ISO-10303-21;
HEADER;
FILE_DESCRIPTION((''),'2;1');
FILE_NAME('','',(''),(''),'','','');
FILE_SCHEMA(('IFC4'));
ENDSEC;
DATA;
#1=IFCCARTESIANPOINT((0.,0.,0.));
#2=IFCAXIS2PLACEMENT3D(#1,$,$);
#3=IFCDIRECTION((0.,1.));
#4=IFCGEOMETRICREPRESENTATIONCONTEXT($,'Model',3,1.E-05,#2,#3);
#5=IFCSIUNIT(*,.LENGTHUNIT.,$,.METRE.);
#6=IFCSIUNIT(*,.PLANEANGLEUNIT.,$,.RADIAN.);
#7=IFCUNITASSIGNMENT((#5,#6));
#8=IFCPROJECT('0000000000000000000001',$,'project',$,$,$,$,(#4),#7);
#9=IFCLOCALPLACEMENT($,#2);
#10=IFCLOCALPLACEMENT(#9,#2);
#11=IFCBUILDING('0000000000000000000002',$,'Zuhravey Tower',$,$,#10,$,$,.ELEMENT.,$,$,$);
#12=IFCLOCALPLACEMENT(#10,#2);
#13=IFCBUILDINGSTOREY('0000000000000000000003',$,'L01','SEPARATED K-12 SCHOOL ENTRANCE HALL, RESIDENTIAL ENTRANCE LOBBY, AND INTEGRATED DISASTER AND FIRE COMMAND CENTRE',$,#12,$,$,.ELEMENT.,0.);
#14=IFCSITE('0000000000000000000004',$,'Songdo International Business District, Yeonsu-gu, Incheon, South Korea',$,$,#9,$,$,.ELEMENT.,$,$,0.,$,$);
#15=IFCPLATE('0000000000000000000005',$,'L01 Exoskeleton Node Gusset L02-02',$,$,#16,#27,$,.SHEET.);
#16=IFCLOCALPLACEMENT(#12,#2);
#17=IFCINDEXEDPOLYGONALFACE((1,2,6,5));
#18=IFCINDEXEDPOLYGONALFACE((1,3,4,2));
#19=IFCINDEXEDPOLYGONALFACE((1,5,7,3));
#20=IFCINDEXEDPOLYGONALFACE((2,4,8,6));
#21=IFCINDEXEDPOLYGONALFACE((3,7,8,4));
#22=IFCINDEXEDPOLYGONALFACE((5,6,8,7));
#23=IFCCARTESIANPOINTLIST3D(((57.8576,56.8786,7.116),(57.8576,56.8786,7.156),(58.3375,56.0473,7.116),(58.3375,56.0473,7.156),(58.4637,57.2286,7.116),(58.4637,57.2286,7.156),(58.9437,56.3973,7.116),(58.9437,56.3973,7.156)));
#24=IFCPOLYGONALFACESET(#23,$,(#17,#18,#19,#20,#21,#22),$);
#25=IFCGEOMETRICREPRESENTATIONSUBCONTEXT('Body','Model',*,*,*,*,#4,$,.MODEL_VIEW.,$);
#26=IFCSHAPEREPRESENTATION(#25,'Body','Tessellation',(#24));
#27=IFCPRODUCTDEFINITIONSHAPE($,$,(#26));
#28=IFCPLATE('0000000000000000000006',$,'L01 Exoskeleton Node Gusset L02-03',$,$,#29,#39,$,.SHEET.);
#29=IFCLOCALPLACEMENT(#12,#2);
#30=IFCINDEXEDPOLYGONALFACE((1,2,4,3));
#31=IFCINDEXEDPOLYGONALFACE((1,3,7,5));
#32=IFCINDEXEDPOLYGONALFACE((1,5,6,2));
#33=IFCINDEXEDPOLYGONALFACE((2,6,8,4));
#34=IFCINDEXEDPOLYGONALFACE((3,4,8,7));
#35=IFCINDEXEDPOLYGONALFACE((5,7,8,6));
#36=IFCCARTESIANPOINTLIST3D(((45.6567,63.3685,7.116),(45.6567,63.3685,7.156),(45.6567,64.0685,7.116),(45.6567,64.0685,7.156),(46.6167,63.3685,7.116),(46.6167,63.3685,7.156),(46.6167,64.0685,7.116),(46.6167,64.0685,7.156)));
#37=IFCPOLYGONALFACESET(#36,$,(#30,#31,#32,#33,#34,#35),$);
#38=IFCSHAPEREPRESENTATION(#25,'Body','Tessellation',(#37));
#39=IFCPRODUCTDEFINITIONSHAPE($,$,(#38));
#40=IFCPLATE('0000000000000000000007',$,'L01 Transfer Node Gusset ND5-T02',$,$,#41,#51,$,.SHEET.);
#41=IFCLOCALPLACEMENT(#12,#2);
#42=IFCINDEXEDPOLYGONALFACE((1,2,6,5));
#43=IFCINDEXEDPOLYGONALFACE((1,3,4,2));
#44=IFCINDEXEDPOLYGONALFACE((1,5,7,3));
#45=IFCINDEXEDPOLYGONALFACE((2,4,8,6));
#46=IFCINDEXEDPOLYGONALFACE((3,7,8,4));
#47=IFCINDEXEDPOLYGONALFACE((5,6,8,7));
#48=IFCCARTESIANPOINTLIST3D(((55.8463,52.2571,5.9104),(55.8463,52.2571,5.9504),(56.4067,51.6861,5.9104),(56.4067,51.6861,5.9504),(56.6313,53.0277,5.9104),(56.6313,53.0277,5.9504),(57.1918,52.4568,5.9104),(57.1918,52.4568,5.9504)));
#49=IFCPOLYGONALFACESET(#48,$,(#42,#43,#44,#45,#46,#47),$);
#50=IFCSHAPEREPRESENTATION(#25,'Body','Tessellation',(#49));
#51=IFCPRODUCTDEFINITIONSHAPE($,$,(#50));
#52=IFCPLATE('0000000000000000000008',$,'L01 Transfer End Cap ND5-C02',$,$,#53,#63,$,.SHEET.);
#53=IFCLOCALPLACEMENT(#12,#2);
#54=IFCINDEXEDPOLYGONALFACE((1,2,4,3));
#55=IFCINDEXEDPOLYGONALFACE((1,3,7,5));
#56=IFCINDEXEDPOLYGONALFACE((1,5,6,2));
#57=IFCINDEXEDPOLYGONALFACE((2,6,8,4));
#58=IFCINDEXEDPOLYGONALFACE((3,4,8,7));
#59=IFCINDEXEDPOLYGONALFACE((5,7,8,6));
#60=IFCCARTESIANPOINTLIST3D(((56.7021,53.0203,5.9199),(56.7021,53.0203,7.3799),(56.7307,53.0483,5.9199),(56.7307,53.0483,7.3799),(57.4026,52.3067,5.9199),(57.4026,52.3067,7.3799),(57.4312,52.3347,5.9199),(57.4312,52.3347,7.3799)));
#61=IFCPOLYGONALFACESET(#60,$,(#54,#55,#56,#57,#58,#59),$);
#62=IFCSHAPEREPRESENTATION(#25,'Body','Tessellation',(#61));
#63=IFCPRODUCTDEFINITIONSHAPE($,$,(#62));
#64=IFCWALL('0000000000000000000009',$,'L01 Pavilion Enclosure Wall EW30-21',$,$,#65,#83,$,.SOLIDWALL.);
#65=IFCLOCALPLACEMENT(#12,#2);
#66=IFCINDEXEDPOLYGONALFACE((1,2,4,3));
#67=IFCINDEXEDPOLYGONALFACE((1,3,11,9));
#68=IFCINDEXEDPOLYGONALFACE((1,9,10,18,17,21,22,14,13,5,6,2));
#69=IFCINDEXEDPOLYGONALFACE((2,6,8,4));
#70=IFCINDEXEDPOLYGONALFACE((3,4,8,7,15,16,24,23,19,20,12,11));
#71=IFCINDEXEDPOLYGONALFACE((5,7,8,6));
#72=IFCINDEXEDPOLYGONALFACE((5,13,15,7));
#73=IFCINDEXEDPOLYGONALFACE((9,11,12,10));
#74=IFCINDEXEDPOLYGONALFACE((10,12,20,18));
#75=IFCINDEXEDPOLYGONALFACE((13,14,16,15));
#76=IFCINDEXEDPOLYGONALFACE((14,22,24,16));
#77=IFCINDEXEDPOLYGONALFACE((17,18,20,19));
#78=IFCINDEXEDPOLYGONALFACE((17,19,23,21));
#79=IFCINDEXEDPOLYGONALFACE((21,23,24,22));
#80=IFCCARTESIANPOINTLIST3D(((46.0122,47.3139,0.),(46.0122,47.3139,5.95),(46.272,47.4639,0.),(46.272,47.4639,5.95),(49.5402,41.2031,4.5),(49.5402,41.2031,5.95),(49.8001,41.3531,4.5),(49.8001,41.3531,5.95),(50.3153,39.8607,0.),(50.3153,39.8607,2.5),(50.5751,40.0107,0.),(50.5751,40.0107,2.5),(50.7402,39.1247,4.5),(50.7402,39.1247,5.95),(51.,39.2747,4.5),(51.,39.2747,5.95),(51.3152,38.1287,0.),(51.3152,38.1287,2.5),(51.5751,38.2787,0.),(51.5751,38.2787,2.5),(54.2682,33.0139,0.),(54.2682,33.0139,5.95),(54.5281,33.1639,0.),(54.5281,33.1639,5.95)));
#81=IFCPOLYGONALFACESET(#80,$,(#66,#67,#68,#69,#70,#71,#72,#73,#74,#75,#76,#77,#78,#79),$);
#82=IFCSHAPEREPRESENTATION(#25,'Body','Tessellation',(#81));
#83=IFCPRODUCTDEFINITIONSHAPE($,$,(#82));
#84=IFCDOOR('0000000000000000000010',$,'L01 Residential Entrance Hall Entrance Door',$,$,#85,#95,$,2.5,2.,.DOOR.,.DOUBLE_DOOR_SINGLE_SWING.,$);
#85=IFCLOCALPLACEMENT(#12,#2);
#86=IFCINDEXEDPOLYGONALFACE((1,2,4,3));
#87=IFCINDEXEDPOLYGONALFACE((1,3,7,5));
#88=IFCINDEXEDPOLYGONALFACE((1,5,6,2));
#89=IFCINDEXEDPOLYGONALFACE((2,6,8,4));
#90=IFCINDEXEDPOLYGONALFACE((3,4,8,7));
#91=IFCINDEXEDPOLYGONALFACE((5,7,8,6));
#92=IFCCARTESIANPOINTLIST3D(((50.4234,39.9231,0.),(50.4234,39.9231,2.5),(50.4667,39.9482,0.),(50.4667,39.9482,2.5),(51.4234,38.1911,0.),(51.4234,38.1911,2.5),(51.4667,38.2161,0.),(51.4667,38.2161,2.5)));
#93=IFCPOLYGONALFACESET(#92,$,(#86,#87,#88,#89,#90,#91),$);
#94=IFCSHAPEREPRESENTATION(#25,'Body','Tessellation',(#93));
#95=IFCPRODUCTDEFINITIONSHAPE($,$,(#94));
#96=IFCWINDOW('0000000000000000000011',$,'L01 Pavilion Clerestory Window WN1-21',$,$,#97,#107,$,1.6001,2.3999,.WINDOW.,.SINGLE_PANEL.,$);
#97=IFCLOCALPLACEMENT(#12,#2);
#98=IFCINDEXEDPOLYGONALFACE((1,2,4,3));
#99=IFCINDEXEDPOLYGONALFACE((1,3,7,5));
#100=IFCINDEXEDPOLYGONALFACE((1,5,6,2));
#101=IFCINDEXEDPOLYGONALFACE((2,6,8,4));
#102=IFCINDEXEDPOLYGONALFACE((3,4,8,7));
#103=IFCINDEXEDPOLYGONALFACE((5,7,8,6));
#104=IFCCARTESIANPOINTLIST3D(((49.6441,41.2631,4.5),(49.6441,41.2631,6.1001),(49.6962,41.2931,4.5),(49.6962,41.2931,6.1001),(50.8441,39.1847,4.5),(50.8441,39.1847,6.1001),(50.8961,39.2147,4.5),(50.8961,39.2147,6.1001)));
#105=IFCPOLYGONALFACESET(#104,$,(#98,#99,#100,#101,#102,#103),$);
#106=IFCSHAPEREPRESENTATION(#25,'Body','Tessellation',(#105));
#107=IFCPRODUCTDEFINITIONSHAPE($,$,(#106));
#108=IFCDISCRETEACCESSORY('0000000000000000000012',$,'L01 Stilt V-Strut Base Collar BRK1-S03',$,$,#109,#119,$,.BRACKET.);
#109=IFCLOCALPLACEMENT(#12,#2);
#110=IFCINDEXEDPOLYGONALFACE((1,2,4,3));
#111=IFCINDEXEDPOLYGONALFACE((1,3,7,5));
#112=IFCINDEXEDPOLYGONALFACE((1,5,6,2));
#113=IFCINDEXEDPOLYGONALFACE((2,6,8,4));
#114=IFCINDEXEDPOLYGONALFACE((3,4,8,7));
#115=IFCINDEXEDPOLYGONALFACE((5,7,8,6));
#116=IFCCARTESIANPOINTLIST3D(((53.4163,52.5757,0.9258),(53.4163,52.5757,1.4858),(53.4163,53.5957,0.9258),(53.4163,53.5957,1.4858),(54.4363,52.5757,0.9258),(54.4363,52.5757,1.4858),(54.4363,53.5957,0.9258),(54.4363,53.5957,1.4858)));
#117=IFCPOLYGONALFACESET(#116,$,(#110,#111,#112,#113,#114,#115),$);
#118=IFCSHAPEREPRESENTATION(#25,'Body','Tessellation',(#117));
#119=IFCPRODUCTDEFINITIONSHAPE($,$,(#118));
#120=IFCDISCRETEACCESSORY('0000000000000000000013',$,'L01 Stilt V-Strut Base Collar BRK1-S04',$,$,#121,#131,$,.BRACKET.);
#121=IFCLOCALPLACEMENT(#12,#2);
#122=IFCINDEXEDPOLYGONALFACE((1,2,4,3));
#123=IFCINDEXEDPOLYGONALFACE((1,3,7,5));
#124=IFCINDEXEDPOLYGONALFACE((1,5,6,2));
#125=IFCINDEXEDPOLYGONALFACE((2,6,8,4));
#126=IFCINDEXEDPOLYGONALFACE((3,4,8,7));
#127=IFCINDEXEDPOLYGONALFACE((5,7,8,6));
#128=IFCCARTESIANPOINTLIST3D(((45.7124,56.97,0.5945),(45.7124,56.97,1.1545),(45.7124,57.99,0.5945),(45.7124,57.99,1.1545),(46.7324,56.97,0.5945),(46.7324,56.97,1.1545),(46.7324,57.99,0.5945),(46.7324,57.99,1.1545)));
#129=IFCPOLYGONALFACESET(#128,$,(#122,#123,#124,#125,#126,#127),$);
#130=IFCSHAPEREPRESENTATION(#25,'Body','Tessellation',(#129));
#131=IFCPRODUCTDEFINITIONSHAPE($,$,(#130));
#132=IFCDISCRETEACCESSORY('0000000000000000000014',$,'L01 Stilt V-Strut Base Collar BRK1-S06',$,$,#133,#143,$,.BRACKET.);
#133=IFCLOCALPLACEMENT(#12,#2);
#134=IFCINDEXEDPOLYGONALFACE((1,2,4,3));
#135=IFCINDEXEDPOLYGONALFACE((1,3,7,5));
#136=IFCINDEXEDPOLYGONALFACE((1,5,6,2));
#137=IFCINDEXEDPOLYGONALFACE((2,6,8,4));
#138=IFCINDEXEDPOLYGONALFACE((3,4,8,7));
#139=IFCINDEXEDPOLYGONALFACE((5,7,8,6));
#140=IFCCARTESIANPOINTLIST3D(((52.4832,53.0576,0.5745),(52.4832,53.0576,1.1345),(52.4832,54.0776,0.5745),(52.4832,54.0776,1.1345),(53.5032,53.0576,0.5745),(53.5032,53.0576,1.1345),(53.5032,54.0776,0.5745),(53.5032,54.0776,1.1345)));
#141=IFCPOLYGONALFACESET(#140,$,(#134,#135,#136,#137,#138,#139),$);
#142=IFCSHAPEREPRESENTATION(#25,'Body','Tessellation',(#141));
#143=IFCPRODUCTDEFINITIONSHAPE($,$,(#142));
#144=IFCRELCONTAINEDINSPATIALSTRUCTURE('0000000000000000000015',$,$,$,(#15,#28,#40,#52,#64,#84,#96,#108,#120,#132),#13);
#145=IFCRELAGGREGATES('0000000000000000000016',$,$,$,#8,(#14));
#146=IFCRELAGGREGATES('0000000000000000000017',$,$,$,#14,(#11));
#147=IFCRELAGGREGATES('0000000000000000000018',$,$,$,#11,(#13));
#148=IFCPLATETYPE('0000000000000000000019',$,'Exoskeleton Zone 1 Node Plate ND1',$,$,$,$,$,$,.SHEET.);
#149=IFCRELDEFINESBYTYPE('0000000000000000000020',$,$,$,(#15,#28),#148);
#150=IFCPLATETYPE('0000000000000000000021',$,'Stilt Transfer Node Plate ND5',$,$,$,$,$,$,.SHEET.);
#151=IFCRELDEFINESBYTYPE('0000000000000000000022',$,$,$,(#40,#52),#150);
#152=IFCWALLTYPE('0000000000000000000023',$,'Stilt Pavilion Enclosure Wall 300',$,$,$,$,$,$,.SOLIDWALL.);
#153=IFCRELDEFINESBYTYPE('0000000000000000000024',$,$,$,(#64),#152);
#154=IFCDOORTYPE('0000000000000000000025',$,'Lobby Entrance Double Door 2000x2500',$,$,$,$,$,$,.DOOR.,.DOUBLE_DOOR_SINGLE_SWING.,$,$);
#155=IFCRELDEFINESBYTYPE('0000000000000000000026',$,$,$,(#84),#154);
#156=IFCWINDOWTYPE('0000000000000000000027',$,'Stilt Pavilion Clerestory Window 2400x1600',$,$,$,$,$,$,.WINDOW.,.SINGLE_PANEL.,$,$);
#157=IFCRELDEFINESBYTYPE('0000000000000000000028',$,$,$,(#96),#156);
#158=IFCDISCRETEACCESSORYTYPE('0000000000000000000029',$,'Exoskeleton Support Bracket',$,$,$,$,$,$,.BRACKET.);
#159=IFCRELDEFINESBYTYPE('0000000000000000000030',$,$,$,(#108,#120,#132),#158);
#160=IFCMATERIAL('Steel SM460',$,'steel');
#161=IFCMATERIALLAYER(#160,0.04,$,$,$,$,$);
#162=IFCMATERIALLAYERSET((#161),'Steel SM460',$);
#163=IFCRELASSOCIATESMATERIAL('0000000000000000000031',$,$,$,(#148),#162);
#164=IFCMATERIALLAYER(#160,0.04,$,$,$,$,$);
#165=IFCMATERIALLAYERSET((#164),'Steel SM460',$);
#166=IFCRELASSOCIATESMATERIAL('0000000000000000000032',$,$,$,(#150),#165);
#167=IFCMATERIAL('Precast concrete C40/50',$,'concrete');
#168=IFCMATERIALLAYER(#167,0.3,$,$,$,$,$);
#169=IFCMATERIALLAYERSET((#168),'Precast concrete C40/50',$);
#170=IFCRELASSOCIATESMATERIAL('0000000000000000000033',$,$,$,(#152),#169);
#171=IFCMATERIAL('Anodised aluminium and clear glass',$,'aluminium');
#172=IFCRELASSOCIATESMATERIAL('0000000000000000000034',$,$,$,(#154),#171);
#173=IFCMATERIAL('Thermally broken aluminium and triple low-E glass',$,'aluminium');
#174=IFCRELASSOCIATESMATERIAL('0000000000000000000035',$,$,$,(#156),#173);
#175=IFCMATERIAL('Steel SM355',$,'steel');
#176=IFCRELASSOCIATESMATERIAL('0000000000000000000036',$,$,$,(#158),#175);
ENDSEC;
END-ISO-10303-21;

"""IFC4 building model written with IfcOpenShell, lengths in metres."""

from ifc_helpers import new_model, si_unit, direction, frame, frame_2d, origin, origin_2d, place, context, subcontext, project, spatial, rectangle, extrude, material, layer, layer_set, type_object, element, fill, save


model = new_model("IFC4")

# Units and contexts
model_context = context("Model", 3, precision=1e-05, world=origin(), true_north=direction((0.0, 1.0)))
body_context = subcontext(model_context, "Body", "Model", "MODEL_VIEW")
ifc_project = project(units=[si_unit("LENGTHUNIT", "METRE"), si_unit("PLANEANGLEUNIT", "RADIAN")], contexts=[model_context])

# Site, building, storey
site_placement = place(None, origin())
site = spatial("IfcSite", under=ifc_project, at=site_placement, Name="Songdo International Business District, Yeonsu-gu, Incheon, South Korea", CompositionType="ELEMENT", RefElevation=0.0)
building_placement = place(site_placement, origin())
building = spatial("IfcBuilding", under=site, at=building_placement, Name="Zuhravey Tower", CompositionType="ELEMENT")
storey_placement = place(building_placement, origin())
storey = spatial("IfcBuildingStorey", under=building, at=storey_placement, Name="L01", Description="SEPARATED K-12 SCHOOL ENTRANCE HALL, RESIDENTIAL ENTRANCE LOBBY, AND INTEGRATED DISASTER AND FIRE COMMAND CENTRE", CompositionType="ELEMENT", Elevation=0.0)

# Shared definitions
ifc_material_1 = material(Name="Steel SM355", Category="steel")

# Shared definitions
ifc_material_2 = material(Name="Steel SM460", Category="steel")

# Plates
ifc_layer_1 = layer(ifc_material_2, 0.04)
ifc_layer_set_1 = layer_set([ifc_layer_1], Name="Steel SM460")
plate_type_1 = type_object("IfcPlateType", Name="Exoskeleton Zone 1 Node Plate ND1", PredefinedType="SHEET", material=ifc_layer_set_1)
for number, where, z_axis, x_axis, name in (
    (1, (58.4006, 56.6379, 7.116), (0.0, 0.0, 1.0), (-0.5, 0.866025, 0.0), "L01 Exoskeleton Node Gusset L02-02"),
    (2, (46.1367, 63.7185, 7.116), (0.0, 0.0, 1.0), (-1.0, 0.0, 0.0), "L01 Exoskeleton Node Gusset L02-03"),
):
    element("IfcPlate", number, at=place(storey_placement, frame(where, z_axis=z_axis, x_axis=x_axis)), inside=storey, type_object=plate_type_1, Name=name, PredefinedType="SHEET", context=body_context, shape_type="SweptSolid", body=[
        extrude(rectangle(XDim=0.96, YDim=0.7, at=origin_2d()), origin(), (0.0, 0.0, 1.0), 0.04),
    ])
ifc_layer_2 = layer(ifc_material_2, 0.04)
ifc_layer_set_2 = layer_set([ifc_layer_2], Name="Steel SM460")
plate_type_2 = type_object("IfcPlateType", Name="Stilt Transfer Node Plate ND5", PredefinedType="SHEET", material=ifc_layer_set_2)
plate_1_placement = place(storey_placement, frame((56.519, 52.3569, 5.9104), z_axis=(0.0, 0.0, 1.0), x_axis=(0.713617, 0.700536, 0.0)))
element("IfcPlate", 3, at=plate_1_placement, inside=storey, type_object=plate_type_2, Name="L01 Transfer Node Gusset ND5-T02", PredefinedType="SHEET", context=body_context, shape_type="SweptSolid", body=[
    extrude(rectangle(XDim=1.1001, YDim=0.8, at=origin_2d()), origin(), (0.0, 0.0, 1.0), 0.04),
])
plate_2_placement = place(storey_placement, frame((57.0667, 52.6775, 5.9199), z_axis=(0.0, 0.0, 1.0), x_axis=(0.713617, 0.700536, 0.0)))
element("IfcPlate", 4, at=plate_2_placement, inside=storey, type_object=plate_type_2, Name="L01 Transfer End Cap ND5-C02", PredefinedType="SHEET", context=body_context, shape_type="SweptSolid", body=[
    extrude(rectangle(XDim=0.04, YDim=1.0, at=origin_2d()), origin(), (0.0, 0.0, 1.0), 1.46),
])

# Wall, openings, door, window
ifc_material_3 = material(Name="Precast concrete C40/50", Category="concrete")
ifc_layer_3 = layer(ifc_material_3, 0.3)
ifc_layer_set_3 = layer_set([ifc_layer_3], Name="Precast concrete C40/50")
wall_type = type_object("IfcWallType", Name="Stilt Pavilion Enclosure Wall 300", PredefinedType="SOLIDWALL", material=ifc_layer_set_3)
wall_placement = place(storey_placement, frame((46.1421, 47.3889, 0.0), z_axis=(0.0, 0.0, 1.0), x_axis=(0.499998, -0.866026, 0.0)))
wall = element("IfcWall", 5, at=wall_placement, inside=storey, type_object=wall_type, Name="L01 Pavilion Enclosure Wall EW30-21", PredefinedType="SOLIDWALL", context=body_context, shape_type="SweptSolid", body=[
    extrude(rectangle(XDim=16.5122, YDim=0.3, at=frame_2d((8.2561, 0.0))), origin(), (0.0, 0.0, 1.0), 5.95),
])
opening_1_placement = place(wall_placement, frame((8.6062, 0.0, 0.0)))
opening_1 = element("IfcOpeningElement", 6, at=opening_1_placement, cuts=wall, PredefinedType="OPENING", context=body_context, shape_type="SweptSolid", body=[
    extrude(rectangle(XDim=2.0, YDim=2.5, at=frame_2d((1.0, 1.25))), frame((0.0, 0.1621, 0.0), z_axis=(0.0, -1.0, 0.0), x_axis=(1.0, 0.0, 0.0)), (0.0, 0.0, 1.0), 0.324),
])
opening_2_placement = place(wall_placement, frame((7.0562, 0.0, 4.5)))
opening_2 = element("IfcOpeningElement", 7, at=opening_2_placement, cuts=wall, PredefinedType="OPENING", context=body_context, shape_type="SweptSolid", body=[
    extrude(rectangle(XDim=2.3999, YDim=1.6001, at=frame_2d((1.2, 0.8))), frame((0.0, 0.1621, 0.0), z_axis=(0.0, -1.0, 0.0), x_axis=(1.0, 0.0, 0.0)), (0.0, 0.0, 1.0), 0.324),
])
ifc_material_4 = material(Name="Anodised aluminium and clear glass", Category="aluminium")
door_type = type_object("IfcDoorType", Name="Lobby Entrance Double Door 2000x2500", OperationType="DOUBLE_DOOR_SINGLE_SWING", PredefinedType="DOOR", material=ifc_material_4)
door_placement = place(opening_1_placement, origin())
door = element("IfcDoor", 8, at=door_placement, inside=storey, type_object=door_type, Name="L01 Residential Entrance Hall Entrance Door", OperationType="DOUBLE_DOOR_SINGLE_SWING", OverallHeight=2.5, OverallWidth=2.0, PredefinedType="DOOR", context=body_context, shape_type="SweptSolid", body=[
    extrude(rectangle(XDim=2.0, YDim=2.5, at=frame_2d((1.0, 1.25))), frame((0.0, 0.0249, 0.0), z_axis=(0.0, -1.0, 0.0), x_axis=(1.0, 0.0, 0.0)), (0.0, 0.0, 1.0), 0.05),
])
fill(opening_1, door)
ifc_material_5 = material(Name="Thermally broken aluminium and triple low-E glass", Category="aluminium")
window_type = type_object("IfcWindowType", Name="Stilt Pavilion Clerestory Window 2400x1600", PartitioningType="SINGLE_PANEL", PredefinedType="WINDOW", material=ifc_material_5)
window_placement = place(opening_2_placement, origin())
window = element("IfcWindow", 9, at=window_placement, inside=storey, type_object=window_type, Name="L01 Pavilion Clerestory Window WN1-21", OverallHeight=1.6001, OverallWidth=2.3999, PartitioningType="SINGLE_PANEL", PredefinedType="WINDOW", context=body_context, shape_type="SweptSolid", body=[
    extrude(rectangle(XDim=2.3999, YDim=1.6001, at=frame_2d((1.2, 0.8))), frame((0.0, 0.03, 0.0), z_axis=(0.0, -1.0, 0.0), x_axis=(1.0, 0.0, 0.0)), (0.0, 0.0, 1.0), 0.0601),
])
fill(opening_2, window)

# Discrete accessories
discrete_accessory_type = type_object("IfcDiscreteAccessoryType", Name="Exoskeleton Support Bracket", PredefinedType="BRACKET", material=ifc_material_1)
for number, where, z_axis, x_axis, name in (
    (10, (53.9263, 53.0857, 0.9258), (0.0, 0.0, 1.0), (1.0, 0.0, 0.0), "L01 Stilt V-Strut Base Collar BRK1-S03"),
    (11, (46.2224, 57.48, 0.5945), (0.0, 0.0, 1.0), (1.0, 0.0, 0.0), "L01 Stilt V-Strut Base Collar BRK1-S04"),
    (12, (52.9932, 53.5676, 0.5745), (0.0, 0.0, 1.0), (1.0, 0.0, 0.0), "L01 Stilt V-Strut Base Collar BRK1-S06"),
):
    element("IfcDiscreteAccessory", number, at=place(storey_placement, frame(where, z_axis=z_axis, x_axis=x_axis)), inside=storey, type_object=discrete_accessory_type, Name=name, PredefinedType="BRACKET", context=body_context, shape_type="SweptSolid", body=[
        extrude(rectangle(XDim=1.02, YDim=1.02, at=origin_2d()), origin(), (0.0, 0.0, 1.0), 0.5601),
    ])

save(model, "model.ifc")
